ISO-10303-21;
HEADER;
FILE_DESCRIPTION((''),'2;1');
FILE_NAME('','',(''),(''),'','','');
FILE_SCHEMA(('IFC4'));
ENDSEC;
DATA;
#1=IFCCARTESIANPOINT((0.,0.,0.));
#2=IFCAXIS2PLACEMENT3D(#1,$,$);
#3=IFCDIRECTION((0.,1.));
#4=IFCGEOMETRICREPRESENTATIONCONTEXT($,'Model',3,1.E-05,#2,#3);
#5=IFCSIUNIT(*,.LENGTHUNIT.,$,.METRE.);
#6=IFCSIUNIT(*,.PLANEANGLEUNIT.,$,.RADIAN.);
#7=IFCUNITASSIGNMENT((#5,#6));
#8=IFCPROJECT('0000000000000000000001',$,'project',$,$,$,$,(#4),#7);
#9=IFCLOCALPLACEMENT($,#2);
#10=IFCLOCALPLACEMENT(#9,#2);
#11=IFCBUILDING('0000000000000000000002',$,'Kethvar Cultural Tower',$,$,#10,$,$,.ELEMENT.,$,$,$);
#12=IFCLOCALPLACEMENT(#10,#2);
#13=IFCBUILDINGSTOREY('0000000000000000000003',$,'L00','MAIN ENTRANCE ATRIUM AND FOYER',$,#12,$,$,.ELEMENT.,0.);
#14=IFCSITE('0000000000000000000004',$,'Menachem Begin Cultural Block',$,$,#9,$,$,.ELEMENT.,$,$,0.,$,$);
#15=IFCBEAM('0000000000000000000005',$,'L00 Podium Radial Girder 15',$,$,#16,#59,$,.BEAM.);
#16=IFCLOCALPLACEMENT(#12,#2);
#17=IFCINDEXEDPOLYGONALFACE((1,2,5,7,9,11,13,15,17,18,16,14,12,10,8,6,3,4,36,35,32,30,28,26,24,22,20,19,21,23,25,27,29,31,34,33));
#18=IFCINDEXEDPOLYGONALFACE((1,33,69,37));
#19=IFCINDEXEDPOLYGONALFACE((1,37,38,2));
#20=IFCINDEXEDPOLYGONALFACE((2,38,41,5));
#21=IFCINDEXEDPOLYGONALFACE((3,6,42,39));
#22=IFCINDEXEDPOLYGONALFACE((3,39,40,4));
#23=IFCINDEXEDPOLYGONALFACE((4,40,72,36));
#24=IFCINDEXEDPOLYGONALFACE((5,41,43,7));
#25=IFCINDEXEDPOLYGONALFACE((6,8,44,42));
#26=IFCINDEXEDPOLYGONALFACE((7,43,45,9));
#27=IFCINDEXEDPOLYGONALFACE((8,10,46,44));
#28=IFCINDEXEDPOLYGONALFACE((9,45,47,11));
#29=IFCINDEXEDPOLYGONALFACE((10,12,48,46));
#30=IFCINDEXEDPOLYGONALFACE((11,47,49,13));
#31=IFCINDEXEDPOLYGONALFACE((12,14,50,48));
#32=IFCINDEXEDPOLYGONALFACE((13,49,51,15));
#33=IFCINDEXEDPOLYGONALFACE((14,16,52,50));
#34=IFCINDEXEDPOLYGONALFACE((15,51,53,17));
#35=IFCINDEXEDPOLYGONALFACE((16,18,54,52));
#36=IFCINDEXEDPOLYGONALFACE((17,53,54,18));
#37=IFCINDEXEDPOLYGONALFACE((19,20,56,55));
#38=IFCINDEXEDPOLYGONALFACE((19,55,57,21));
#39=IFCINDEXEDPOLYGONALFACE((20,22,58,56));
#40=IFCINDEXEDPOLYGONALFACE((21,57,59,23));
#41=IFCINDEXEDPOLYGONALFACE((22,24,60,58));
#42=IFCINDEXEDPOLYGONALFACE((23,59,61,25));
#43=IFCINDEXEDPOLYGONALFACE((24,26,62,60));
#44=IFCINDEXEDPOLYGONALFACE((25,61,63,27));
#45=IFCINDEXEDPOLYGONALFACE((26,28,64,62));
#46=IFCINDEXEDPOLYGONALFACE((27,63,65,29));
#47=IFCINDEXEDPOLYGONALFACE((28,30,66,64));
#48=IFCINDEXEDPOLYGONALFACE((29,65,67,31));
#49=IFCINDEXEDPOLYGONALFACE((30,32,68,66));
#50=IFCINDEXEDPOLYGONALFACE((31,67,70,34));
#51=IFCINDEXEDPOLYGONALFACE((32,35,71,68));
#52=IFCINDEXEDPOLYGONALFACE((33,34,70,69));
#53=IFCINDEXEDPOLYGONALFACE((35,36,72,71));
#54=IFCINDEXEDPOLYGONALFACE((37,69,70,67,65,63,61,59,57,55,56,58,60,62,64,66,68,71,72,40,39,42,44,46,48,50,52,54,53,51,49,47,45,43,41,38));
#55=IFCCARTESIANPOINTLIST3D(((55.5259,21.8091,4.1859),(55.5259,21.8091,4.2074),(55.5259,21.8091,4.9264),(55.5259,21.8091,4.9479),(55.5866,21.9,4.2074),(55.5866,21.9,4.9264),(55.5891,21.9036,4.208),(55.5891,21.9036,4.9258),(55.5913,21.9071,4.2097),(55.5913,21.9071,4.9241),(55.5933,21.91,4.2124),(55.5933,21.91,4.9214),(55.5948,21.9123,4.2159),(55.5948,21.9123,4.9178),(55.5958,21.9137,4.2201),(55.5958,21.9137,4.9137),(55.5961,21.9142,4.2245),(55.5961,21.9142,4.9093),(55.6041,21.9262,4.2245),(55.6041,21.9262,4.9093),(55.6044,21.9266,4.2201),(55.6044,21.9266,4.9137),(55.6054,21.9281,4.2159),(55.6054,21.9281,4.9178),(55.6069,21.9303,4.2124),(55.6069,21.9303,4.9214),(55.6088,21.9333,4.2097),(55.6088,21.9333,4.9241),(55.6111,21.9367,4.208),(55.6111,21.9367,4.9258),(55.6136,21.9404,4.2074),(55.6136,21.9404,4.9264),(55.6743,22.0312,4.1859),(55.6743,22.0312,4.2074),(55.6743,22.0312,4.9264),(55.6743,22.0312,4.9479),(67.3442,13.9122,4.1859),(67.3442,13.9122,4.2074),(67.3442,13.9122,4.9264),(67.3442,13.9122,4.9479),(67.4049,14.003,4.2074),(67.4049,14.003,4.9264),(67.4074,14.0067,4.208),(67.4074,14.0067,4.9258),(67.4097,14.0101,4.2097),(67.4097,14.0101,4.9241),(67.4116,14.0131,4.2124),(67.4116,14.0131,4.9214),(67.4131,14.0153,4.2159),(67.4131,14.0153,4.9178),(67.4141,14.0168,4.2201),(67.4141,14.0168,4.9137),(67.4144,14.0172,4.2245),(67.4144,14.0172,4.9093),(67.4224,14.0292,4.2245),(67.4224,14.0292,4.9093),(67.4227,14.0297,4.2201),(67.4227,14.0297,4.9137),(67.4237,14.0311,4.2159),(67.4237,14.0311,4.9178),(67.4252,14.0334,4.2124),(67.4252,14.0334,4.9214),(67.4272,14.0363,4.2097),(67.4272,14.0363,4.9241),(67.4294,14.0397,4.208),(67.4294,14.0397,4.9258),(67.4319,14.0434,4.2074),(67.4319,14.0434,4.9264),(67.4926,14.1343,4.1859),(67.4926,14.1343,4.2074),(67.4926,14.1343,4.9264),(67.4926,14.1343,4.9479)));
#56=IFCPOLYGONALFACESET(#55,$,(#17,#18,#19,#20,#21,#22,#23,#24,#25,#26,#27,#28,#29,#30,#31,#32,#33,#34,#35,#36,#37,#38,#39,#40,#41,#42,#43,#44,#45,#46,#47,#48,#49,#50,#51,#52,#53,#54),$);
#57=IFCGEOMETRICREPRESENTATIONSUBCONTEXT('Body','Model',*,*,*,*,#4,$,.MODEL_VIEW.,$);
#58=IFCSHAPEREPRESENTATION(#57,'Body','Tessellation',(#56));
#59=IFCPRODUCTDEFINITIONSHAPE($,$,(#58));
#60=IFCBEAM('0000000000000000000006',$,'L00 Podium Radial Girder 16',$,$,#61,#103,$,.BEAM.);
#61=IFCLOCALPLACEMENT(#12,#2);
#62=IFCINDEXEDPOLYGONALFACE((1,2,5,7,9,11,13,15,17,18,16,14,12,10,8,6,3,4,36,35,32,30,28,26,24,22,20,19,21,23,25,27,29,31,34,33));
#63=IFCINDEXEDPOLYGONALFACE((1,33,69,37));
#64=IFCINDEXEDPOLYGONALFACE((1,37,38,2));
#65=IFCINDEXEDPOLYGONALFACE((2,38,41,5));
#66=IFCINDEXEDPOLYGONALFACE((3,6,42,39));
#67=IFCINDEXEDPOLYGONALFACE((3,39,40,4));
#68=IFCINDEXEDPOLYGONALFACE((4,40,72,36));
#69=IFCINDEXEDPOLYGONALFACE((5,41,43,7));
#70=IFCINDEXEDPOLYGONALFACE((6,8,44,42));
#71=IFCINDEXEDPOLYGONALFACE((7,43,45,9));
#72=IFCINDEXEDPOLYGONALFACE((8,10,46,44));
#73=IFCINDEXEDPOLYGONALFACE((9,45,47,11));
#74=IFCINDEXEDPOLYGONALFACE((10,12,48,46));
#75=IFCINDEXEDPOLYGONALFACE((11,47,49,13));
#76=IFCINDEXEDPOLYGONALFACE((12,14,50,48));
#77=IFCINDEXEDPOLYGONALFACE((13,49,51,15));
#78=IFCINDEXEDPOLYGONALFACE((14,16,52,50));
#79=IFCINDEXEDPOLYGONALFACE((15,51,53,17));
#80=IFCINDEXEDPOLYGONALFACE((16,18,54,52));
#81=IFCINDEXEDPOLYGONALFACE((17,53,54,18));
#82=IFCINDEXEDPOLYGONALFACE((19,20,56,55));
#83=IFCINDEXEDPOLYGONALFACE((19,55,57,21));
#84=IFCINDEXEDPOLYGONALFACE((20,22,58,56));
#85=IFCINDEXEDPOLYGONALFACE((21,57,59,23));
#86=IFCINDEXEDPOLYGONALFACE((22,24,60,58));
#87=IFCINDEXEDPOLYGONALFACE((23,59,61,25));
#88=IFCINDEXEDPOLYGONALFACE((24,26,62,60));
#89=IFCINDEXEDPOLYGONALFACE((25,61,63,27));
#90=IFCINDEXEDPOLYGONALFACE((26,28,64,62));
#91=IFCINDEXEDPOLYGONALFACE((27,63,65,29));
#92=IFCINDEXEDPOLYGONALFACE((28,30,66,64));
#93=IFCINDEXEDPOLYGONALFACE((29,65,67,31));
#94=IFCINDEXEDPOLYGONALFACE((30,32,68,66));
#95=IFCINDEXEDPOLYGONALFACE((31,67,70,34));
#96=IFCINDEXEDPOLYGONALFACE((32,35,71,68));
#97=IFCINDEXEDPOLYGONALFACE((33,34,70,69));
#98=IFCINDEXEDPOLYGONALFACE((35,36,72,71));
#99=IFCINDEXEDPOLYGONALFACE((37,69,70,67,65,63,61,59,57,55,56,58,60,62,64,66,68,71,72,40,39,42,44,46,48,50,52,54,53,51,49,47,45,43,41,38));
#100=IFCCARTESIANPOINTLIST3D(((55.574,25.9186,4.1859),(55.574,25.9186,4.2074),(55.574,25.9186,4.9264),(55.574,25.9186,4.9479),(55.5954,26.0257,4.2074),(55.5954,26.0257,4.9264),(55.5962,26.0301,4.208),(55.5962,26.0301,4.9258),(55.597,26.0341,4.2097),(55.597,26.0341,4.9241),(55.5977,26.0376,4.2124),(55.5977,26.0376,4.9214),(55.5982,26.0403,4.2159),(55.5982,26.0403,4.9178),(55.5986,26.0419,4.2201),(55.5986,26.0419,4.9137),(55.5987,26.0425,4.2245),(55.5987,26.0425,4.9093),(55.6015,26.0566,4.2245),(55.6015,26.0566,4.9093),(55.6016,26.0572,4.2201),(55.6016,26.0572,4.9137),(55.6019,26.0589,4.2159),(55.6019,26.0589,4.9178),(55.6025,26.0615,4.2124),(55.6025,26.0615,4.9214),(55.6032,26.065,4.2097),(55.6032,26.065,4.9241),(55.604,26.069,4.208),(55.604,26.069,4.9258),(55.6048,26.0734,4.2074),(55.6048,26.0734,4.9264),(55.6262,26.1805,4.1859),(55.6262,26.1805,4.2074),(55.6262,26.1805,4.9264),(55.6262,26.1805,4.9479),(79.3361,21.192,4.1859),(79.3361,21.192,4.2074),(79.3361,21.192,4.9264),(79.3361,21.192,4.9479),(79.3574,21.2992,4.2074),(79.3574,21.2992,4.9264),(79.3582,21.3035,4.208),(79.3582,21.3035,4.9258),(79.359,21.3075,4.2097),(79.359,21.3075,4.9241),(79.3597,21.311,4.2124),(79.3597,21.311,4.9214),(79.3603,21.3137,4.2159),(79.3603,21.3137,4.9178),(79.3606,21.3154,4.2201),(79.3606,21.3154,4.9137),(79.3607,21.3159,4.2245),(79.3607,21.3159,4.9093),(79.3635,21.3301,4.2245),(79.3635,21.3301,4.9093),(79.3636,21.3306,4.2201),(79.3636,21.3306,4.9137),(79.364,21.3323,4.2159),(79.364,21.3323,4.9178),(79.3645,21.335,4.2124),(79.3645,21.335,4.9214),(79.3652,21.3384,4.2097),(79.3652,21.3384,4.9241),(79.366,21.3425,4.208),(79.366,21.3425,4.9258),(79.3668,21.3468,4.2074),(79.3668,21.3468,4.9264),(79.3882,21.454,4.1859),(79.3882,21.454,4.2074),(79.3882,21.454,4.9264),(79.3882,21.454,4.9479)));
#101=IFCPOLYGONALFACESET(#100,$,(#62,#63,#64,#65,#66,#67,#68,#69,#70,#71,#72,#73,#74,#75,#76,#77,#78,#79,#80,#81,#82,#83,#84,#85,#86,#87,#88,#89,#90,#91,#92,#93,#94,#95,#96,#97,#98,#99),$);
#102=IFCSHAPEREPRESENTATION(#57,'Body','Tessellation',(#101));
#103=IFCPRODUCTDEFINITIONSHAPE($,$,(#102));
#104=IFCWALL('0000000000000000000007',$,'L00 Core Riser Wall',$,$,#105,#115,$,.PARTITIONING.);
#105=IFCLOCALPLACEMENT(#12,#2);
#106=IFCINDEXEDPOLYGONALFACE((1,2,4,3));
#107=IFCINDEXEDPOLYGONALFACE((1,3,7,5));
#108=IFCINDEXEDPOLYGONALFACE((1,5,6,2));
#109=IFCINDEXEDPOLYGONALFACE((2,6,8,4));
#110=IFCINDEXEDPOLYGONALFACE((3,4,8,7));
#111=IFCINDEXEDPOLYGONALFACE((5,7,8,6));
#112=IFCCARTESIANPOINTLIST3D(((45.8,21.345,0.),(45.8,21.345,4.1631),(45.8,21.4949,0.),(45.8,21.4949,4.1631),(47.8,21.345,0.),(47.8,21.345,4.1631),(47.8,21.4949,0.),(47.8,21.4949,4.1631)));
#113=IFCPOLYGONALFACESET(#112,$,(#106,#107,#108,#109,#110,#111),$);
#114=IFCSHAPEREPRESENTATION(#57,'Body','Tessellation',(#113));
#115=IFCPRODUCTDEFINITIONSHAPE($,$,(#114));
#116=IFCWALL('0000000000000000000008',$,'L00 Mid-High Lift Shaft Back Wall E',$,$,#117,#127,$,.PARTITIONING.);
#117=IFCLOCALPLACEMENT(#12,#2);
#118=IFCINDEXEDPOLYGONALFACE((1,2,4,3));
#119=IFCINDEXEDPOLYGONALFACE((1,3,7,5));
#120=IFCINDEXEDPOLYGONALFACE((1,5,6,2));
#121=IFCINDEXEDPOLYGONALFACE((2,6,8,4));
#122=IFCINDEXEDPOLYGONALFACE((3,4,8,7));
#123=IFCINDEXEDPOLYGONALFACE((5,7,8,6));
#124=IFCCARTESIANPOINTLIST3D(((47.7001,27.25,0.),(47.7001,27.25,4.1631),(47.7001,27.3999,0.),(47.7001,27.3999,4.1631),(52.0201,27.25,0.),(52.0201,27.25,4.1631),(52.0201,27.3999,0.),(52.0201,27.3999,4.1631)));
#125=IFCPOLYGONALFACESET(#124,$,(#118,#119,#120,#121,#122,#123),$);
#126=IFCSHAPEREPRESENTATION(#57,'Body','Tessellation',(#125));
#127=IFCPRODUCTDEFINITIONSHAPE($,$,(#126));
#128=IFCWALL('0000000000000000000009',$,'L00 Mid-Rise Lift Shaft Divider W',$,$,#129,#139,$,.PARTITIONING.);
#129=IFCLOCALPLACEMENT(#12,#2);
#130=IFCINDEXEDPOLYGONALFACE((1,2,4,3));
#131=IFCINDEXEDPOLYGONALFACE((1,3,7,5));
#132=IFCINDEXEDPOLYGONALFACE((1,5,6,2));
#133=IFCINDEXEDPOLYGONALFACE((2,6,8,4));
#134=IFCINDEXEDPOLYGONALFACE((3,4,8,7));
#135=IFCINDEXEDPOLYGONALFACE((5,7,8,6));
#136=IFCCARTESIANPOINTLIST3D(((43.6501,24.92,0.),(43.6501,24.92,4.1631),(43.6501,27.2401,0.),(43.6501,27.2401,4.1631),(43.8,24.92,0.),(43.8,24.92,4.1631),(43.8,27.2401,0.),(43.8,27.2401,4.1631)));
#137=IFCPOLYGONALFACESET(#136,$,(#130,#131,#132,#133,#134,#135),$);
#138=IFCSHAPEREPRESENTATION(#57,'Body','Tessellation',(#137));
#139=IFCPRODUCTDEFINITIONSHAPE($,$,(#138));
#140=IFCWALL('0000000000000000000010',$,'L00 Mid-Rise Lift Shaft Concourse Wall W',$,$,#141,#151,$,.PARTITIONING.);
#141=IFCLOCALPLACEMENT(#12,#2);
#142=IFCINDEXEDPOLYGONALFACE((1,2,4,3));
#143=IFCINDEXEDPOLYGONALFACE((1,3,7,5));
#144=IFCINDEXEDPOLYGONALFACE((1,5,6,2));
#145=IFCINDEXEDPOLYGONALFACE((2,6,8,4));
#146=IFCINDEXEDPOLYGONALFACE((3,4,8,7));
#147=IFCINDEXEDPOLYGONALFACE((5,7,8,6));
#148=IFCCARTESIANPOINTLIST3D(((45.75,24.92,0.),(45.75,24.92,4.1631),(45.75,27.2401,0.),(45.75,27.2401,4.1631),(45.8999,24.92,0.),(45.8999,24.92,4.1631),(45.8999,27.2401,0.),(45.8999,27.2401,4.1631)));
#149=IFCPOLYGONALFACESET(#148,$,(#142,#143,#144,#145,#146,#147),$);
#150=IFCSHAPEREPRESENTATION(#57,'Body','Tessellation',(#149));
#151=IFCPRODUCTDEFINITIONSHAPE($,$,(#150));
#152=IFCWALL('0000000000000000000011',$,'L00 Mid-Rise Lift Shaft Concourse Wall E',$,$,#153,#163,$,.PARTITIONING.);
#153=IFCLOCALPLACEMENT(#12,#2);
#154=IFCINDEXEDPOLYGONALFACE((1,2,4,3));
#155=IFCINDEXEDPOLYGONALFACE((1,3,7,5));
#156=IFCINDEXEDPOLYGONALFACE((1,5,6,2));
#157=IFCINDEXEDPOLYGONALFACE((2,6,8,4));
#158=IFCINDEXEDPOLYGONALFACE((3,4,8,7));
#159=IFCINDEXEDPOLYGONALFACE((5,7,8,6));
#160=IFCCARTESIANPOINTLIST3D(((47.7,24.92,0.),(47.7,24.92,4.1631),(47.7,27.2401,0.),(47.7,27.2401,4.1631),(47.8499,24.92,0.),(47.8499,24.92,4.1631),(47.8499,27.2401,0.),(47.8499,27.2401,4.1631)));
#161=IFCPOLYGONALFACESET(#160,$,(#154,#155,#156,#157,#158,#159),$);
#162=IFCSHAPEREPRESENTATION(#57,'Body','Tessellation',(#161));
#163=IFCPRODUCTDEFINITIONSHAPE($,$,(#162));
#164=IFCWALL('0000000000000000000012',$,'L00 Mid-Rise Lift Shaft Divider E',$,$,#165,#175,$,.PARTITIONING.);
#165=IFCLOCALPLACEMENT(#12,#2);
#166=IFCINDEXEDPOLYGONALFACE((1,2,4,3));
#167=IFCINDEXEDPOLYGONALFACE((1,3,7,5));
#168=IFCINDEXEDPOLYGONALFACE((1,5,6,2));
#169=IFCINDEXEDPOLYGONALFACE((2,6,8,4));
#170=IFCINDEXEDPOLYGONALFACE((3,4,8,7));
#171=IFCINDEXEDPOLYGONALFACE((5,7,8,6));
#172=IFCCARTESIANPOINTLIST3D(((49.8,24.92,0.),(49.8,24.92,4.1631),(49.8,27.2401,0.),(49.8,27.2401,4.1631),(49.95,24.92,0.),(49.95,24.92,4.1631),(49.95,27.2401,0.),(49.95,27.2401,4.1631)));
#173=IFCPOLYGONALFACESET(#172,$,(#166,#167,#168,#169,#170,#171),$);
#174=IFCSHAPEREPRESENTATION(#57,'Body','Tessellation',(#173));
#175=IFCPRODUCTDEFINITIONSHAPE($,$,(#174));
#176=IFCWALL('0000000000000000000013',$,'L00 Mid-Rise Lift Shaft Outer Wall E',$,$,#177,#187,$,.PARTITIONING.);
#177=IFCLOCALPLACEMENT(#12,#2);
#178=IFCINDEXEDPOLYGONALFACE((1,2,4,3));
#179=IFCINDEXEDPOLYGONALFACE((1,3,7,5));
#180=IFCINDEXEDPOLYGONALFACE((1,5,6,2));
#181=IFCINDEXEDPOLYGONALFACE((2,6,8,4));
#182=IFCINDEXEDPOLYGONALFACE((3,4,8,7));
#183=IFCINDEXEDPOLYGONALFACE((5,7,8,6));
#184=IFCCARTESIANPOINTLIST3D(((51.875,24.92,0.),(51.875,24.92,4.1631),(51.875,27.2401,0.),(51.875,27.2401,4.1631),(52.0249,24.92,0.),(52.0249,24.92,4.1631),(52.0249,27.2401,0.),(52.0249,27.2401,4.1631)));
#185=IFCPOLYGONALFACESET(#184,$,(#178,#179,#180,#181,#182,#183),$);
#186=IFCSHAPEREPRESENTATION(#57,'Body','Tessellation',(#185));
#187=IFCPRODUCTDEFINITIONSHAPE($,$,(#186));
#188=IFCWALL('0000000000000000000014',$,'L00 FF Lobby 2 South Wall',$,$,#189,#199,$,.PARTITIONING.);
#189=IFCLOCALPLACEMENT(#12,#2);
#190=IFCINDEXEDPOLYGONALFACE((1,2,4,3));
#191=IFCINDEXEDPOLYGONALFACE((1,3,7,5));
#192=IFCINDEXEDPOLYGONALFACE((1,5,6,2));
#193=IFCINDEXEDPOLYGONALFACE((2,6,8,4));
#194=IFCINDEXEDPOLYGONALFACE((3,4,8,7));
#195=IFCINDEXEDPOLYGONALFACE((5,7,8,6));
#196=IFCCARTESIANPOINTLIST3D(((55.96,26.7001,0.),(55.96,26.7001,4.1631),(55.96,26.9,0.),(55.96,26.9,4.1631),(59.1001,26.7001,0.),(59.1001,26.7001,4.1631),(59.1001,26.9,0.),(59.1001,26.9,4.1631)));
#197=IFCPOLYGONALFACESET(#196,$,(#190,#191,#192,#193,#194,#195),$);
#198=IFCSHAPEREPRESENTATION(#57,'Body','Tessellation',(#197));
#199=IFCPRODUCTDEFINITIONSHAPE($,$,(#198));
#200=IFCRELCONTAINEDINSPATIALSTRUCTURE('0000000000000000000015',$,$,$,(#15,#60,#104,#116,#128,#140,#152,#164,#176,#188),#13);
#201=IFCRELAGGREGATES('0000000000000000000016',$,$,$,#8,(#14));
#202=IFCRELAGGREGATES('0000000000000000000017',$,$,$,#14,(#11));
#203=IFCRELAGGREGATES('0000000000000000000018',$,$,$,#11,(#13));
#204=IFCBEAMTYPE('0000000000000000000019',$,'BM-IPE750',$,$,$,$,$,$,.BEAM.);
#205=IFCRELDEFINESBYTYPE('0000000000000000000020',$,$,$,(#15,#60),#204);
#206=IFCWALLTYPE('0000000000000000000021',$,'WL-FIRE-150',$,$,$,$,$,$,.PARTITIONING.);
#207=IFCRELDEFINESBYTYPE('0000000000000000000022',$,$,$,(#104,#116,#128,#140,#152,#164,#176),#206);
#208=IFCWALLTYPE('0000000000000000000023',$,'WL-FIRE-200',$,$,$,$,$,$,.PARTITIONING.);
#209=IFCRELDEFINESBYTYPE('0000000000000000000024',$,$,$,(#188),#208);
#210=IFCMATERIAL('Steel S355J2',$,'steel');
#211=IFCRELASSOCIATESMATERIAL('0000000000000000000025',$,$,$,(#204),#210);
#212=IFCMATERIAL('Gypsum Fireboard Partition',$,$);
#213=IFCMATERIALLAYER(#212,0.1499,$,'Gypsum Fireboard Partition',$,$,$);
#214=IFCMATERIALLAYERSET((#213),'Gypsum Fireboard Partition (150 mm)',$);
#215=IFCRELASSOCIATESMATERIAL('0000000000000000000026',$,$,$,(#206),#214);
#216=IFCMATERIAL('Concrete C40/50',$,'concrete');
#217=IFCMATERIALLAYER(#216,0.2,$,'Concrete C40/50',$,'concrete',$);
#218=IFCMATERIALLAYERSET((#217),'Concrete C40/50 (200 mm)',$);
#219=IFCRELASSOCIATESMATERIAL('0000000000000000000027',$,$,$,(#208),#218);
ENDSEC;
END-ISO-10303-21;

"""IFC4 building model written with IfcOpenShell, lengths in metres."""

from ifc_helpers import new_model, si_unit, direction, frame, frame_2d, origin, origin_2d, place, context, subcontext, project, spatial, rectangle, i_section, extrude, source, transform, mapped, material, layer, layer_set, material_profile, profile_set, type_object, element, save


model = new_model("IFC4")

# Units and contexts
model_context = context("Model", 3, precision=1e-05, world=origin(), true_north=direction((0.0, 1.0)))
body_context = subcontext(model_context, "Body", "Model", "MODEL_VIEW")
ifc_project = project(units=[si_unit("LENGTHUNIT", "METRE"), si_unit("PLANEANGLEUNIT", "RADIAN")], contexts=[model_context])

# Site, building, storey
site_placement = place(None, origin())
site = spatial("IfcSite", under=ifc_project, at=site_placement, Name="Menachem Begin Cultural Block", CompositionType="ELEMENT", RefElevation=0.0)
building_placement = place(site_placement, origin())
building = spatial("IfcBuilding", under=site, at=building_placement, Name="Kethvar Cultural Tower", CompositionType="ELEMENT")
storey_placement = place(building_placement, origin())
storey = spatial("IfcBuildingStorey", under=building, at=storey_placement, Name="L00", Description="MAIN ENTRANCE ATRIUM AND FOYER", CompositionType="ELEMENT", Elevation=0.0)

# Beams
ifc_material_1 = material(Name="Steel S355J2", Category="steel")
ifc_material_profile = material_profile(ifc_material_1, i_section(OverallWidth=0.2671, OverallDepth=0.762, WebThickness=0.0144, FlangeThickness=0.0215, FilletRadius=0.0171, at=origin_2d()), Name="Steel S355J2 — IPE750x173")
ifc_profile_set = profile_set([ifc_material_profile], Name="Steel S355J2 — IPE750x173")
beam_type = type_object("IfcBeamType", Name="BM-IPE750", PredefinedType="BEAM", material=ifc_profile_set)
shared_shape_1 = source(origin(), body_context, "Body", "SweptSolid", [
    extrude(i_section(OverallWidth=0.2671, OverallDepth=0.762, WebThickness=0.0144, FlangeThickness=0.0215, FilletRadius=0.0171, at=origin_2d()), origin(), (0.0, 0.0, 1.0), 14.2139),
])
beam_1_placement = place(storey_placement, frame((55.6001, 21.9202, 4.5669), z_axis=(0.831463, -0.55558, 0.0), x_axis=(0.55558, 0.831463, 0.0)))
element("IfcBeam", 1, at=beam_1_placement, inside=storey, type_object=beam_type, Name="L00 Podium Radial Girder 15", PredefinedType="BEAM", context=body_context, shape_type="MappedRepresentation", body=[
    mapped(shared_shape_1, transform((0.0, 0.0, 0.0), scale=1.0)),
])
shared_shape_2 = source(origin(), body_context, "Body", "SweptSolid", [
    extrude(i_section(OverallWidth=0.2671, OverallDepth=0.762, WebThickness=0.0144, FlangeThickness=0.0215, FilletRadius=0.0171, at=origin_2d()), origin(), (0.0, 0.0, 1.0), 24.2275),
])
beam_2_placement = place(storey_placement, frame((55.6001, 26.0496, 4.5669), z_axis=(0.980785, -0.195091, 0.0), x_axis=(0.195091, 0.980785, 0.0)))
element("IfcBeam", 2, at=beam_2_placement, inside=storey, type_object=beam_type, Name="L00 Podium Radial Girder 16", PredefinedType="BEAM", context=body_context, shape_type="MappedRepresentation", body=[
    mapped(shared_shape_2, transform((0.0, 0.0, 0.0), scale=1.0)),
])

# Walls
ifc_material_2 = material(Name="Gypsum Fireboard Partition")
ifc_layer_1 = layer(ifc_material_2, 0.1499, Name="Gypsum Fireboard Partition")
ifc_layer_set_1 = layer_set([ifc_layer_1], Name="Gypsum Fireboard Partition (150 mm)")
wall_type_1 = type_object("IfcWallType", Name="WL-FIRE-150", PredefinedType="PARTITIONING", material=ifc_layer_set_1)
wall_1_placement = place(storey_placement, frame((45.8, 21.4199, 0.0), z_axis=(0.0, 0.0, 1.0), x_axis=(1.0, 0.0, 0.0)))
element("IfcWall", 3, at=wall_1_placement, inside=storey, type_object=wall_type_1, Name="L00 Core Riser Wall", PredefinedType="PARTITIONING", context=body_context, shape_type="SweptSolid", body=[
    extrude(rectangle(XDim=2.0, YDim=0.1499, at=frame_2d((1.0, 0.0))), origin(), (0.0, 0.0, 1.0), 4.1631),
])
wall_2_placement = place(storey_placement, frame((47.7, 27.325, 0.0), z_axis=(0.0, 0.0, 1.0), x_axis=(1.0, 0.0, 0.0)))
element("IfcWall", 4, at=wall_2_placement, inside=storey, type_object=wall_type_1, Name="L00 Mid-High Lift Shaft Back Wall E", PredefinedType="PARTITIONING", context=body_context, shape_type="SweptSolid", body=[
    extrude(rectangle(XDim=4.3201, YDim=0.1499, at=frame_2d((2.1602, 0.0))), origin(), (0.0, 0.0, 1.0), 4.1631),
])
for number, where, z_axis, x_axis, name in (
    (5, (43.7251, 24.9199, 0.0), (0.0, 0.0, 1.0), (0.0, 1.0, 0.0), "L00 Mid-Rise Lift Shaft Divider W"),
    (6, (45.825, 24.9199, 0.0), (0.0, 0.0, 1.0), (0.0, 1.0, 0.0), "L00 Mid-Rise Lift Shaft Concourse Wall W"),
    (7, (47.7749, 24.9199, 0.0), (0.0, 0.0, 1.0), (0.0, 1.0, 0.0), "L00 Mid-Rise Lift Shaft Concourse Wall E"),
    (8, (49.875, 24.9199, 0.0), (0.0, 0.0, 1.0), (0.0, 1.0, 0.0), "L00 Mid-Rise Lift Shaft Divider E"),
    (9, (51.95, 24.9199, 0.0), (0.0, 0.0, 1.0), (0.0, 1.0, 0.0), "L00 Mid-Rise Lift Shaft Outer Wall E"),
):
    element("IfcWall", number, at=place(storey_placement, frame(where, z_axis=z_axis, x_axis=x_axis)), inside=storey, type_object=wall_type_1, Name=name, PredefinedType="PARTITIONING", context=body_context, shape_type="SweptSolid", body=[
        extrude(rectangle(XDim=2.3201, YDim=0.1499, at=frame_2d((1.1602, 0.0))), origin(), (0.0, 0.0, 1.0), 4.1631),
    ])

# Shared definitions
ifc_material_3 = material(Name="Concrete C40/50", Category="concrete")
ifc_layer_2 = layer(ifc_material_3, 0.2, Name="Concrete C40/50", Category="concrete")
ifc_layer_set_2 = layer_set([ifc_layer_2], Name="Concrete C40/50 (200 mm)")
wall_type_2 = type_object("IfcWallType", Name="WL-FIRE-200", PredefinedType="PARTITIONING", material=ifc_layer_set_2)

# Wall
wall_3_placement = place(storey_placement, frame((55.96, 26.8, 0.0), z_axis=(0.0, 0.0, 1.0), x_axis=(1.0, 0.0, 0.0)))
element("IfcWall", 10, at=wall_3_placement, inside=storey, type_object=wall_type_2, Name="L00 FF Lobby 2 South Wall", PredefinedType="PARTITIONING", context=body_context, shape_type="SweptSolid", body=[
    extrude(rectangle(XDim=3.1401, YDim=0.2, at=frame_2d((1.5701, 0.0))), origin(), (0.0, 0.0, 1.0), 4.1631),
])

save(model, "model.ifc")
